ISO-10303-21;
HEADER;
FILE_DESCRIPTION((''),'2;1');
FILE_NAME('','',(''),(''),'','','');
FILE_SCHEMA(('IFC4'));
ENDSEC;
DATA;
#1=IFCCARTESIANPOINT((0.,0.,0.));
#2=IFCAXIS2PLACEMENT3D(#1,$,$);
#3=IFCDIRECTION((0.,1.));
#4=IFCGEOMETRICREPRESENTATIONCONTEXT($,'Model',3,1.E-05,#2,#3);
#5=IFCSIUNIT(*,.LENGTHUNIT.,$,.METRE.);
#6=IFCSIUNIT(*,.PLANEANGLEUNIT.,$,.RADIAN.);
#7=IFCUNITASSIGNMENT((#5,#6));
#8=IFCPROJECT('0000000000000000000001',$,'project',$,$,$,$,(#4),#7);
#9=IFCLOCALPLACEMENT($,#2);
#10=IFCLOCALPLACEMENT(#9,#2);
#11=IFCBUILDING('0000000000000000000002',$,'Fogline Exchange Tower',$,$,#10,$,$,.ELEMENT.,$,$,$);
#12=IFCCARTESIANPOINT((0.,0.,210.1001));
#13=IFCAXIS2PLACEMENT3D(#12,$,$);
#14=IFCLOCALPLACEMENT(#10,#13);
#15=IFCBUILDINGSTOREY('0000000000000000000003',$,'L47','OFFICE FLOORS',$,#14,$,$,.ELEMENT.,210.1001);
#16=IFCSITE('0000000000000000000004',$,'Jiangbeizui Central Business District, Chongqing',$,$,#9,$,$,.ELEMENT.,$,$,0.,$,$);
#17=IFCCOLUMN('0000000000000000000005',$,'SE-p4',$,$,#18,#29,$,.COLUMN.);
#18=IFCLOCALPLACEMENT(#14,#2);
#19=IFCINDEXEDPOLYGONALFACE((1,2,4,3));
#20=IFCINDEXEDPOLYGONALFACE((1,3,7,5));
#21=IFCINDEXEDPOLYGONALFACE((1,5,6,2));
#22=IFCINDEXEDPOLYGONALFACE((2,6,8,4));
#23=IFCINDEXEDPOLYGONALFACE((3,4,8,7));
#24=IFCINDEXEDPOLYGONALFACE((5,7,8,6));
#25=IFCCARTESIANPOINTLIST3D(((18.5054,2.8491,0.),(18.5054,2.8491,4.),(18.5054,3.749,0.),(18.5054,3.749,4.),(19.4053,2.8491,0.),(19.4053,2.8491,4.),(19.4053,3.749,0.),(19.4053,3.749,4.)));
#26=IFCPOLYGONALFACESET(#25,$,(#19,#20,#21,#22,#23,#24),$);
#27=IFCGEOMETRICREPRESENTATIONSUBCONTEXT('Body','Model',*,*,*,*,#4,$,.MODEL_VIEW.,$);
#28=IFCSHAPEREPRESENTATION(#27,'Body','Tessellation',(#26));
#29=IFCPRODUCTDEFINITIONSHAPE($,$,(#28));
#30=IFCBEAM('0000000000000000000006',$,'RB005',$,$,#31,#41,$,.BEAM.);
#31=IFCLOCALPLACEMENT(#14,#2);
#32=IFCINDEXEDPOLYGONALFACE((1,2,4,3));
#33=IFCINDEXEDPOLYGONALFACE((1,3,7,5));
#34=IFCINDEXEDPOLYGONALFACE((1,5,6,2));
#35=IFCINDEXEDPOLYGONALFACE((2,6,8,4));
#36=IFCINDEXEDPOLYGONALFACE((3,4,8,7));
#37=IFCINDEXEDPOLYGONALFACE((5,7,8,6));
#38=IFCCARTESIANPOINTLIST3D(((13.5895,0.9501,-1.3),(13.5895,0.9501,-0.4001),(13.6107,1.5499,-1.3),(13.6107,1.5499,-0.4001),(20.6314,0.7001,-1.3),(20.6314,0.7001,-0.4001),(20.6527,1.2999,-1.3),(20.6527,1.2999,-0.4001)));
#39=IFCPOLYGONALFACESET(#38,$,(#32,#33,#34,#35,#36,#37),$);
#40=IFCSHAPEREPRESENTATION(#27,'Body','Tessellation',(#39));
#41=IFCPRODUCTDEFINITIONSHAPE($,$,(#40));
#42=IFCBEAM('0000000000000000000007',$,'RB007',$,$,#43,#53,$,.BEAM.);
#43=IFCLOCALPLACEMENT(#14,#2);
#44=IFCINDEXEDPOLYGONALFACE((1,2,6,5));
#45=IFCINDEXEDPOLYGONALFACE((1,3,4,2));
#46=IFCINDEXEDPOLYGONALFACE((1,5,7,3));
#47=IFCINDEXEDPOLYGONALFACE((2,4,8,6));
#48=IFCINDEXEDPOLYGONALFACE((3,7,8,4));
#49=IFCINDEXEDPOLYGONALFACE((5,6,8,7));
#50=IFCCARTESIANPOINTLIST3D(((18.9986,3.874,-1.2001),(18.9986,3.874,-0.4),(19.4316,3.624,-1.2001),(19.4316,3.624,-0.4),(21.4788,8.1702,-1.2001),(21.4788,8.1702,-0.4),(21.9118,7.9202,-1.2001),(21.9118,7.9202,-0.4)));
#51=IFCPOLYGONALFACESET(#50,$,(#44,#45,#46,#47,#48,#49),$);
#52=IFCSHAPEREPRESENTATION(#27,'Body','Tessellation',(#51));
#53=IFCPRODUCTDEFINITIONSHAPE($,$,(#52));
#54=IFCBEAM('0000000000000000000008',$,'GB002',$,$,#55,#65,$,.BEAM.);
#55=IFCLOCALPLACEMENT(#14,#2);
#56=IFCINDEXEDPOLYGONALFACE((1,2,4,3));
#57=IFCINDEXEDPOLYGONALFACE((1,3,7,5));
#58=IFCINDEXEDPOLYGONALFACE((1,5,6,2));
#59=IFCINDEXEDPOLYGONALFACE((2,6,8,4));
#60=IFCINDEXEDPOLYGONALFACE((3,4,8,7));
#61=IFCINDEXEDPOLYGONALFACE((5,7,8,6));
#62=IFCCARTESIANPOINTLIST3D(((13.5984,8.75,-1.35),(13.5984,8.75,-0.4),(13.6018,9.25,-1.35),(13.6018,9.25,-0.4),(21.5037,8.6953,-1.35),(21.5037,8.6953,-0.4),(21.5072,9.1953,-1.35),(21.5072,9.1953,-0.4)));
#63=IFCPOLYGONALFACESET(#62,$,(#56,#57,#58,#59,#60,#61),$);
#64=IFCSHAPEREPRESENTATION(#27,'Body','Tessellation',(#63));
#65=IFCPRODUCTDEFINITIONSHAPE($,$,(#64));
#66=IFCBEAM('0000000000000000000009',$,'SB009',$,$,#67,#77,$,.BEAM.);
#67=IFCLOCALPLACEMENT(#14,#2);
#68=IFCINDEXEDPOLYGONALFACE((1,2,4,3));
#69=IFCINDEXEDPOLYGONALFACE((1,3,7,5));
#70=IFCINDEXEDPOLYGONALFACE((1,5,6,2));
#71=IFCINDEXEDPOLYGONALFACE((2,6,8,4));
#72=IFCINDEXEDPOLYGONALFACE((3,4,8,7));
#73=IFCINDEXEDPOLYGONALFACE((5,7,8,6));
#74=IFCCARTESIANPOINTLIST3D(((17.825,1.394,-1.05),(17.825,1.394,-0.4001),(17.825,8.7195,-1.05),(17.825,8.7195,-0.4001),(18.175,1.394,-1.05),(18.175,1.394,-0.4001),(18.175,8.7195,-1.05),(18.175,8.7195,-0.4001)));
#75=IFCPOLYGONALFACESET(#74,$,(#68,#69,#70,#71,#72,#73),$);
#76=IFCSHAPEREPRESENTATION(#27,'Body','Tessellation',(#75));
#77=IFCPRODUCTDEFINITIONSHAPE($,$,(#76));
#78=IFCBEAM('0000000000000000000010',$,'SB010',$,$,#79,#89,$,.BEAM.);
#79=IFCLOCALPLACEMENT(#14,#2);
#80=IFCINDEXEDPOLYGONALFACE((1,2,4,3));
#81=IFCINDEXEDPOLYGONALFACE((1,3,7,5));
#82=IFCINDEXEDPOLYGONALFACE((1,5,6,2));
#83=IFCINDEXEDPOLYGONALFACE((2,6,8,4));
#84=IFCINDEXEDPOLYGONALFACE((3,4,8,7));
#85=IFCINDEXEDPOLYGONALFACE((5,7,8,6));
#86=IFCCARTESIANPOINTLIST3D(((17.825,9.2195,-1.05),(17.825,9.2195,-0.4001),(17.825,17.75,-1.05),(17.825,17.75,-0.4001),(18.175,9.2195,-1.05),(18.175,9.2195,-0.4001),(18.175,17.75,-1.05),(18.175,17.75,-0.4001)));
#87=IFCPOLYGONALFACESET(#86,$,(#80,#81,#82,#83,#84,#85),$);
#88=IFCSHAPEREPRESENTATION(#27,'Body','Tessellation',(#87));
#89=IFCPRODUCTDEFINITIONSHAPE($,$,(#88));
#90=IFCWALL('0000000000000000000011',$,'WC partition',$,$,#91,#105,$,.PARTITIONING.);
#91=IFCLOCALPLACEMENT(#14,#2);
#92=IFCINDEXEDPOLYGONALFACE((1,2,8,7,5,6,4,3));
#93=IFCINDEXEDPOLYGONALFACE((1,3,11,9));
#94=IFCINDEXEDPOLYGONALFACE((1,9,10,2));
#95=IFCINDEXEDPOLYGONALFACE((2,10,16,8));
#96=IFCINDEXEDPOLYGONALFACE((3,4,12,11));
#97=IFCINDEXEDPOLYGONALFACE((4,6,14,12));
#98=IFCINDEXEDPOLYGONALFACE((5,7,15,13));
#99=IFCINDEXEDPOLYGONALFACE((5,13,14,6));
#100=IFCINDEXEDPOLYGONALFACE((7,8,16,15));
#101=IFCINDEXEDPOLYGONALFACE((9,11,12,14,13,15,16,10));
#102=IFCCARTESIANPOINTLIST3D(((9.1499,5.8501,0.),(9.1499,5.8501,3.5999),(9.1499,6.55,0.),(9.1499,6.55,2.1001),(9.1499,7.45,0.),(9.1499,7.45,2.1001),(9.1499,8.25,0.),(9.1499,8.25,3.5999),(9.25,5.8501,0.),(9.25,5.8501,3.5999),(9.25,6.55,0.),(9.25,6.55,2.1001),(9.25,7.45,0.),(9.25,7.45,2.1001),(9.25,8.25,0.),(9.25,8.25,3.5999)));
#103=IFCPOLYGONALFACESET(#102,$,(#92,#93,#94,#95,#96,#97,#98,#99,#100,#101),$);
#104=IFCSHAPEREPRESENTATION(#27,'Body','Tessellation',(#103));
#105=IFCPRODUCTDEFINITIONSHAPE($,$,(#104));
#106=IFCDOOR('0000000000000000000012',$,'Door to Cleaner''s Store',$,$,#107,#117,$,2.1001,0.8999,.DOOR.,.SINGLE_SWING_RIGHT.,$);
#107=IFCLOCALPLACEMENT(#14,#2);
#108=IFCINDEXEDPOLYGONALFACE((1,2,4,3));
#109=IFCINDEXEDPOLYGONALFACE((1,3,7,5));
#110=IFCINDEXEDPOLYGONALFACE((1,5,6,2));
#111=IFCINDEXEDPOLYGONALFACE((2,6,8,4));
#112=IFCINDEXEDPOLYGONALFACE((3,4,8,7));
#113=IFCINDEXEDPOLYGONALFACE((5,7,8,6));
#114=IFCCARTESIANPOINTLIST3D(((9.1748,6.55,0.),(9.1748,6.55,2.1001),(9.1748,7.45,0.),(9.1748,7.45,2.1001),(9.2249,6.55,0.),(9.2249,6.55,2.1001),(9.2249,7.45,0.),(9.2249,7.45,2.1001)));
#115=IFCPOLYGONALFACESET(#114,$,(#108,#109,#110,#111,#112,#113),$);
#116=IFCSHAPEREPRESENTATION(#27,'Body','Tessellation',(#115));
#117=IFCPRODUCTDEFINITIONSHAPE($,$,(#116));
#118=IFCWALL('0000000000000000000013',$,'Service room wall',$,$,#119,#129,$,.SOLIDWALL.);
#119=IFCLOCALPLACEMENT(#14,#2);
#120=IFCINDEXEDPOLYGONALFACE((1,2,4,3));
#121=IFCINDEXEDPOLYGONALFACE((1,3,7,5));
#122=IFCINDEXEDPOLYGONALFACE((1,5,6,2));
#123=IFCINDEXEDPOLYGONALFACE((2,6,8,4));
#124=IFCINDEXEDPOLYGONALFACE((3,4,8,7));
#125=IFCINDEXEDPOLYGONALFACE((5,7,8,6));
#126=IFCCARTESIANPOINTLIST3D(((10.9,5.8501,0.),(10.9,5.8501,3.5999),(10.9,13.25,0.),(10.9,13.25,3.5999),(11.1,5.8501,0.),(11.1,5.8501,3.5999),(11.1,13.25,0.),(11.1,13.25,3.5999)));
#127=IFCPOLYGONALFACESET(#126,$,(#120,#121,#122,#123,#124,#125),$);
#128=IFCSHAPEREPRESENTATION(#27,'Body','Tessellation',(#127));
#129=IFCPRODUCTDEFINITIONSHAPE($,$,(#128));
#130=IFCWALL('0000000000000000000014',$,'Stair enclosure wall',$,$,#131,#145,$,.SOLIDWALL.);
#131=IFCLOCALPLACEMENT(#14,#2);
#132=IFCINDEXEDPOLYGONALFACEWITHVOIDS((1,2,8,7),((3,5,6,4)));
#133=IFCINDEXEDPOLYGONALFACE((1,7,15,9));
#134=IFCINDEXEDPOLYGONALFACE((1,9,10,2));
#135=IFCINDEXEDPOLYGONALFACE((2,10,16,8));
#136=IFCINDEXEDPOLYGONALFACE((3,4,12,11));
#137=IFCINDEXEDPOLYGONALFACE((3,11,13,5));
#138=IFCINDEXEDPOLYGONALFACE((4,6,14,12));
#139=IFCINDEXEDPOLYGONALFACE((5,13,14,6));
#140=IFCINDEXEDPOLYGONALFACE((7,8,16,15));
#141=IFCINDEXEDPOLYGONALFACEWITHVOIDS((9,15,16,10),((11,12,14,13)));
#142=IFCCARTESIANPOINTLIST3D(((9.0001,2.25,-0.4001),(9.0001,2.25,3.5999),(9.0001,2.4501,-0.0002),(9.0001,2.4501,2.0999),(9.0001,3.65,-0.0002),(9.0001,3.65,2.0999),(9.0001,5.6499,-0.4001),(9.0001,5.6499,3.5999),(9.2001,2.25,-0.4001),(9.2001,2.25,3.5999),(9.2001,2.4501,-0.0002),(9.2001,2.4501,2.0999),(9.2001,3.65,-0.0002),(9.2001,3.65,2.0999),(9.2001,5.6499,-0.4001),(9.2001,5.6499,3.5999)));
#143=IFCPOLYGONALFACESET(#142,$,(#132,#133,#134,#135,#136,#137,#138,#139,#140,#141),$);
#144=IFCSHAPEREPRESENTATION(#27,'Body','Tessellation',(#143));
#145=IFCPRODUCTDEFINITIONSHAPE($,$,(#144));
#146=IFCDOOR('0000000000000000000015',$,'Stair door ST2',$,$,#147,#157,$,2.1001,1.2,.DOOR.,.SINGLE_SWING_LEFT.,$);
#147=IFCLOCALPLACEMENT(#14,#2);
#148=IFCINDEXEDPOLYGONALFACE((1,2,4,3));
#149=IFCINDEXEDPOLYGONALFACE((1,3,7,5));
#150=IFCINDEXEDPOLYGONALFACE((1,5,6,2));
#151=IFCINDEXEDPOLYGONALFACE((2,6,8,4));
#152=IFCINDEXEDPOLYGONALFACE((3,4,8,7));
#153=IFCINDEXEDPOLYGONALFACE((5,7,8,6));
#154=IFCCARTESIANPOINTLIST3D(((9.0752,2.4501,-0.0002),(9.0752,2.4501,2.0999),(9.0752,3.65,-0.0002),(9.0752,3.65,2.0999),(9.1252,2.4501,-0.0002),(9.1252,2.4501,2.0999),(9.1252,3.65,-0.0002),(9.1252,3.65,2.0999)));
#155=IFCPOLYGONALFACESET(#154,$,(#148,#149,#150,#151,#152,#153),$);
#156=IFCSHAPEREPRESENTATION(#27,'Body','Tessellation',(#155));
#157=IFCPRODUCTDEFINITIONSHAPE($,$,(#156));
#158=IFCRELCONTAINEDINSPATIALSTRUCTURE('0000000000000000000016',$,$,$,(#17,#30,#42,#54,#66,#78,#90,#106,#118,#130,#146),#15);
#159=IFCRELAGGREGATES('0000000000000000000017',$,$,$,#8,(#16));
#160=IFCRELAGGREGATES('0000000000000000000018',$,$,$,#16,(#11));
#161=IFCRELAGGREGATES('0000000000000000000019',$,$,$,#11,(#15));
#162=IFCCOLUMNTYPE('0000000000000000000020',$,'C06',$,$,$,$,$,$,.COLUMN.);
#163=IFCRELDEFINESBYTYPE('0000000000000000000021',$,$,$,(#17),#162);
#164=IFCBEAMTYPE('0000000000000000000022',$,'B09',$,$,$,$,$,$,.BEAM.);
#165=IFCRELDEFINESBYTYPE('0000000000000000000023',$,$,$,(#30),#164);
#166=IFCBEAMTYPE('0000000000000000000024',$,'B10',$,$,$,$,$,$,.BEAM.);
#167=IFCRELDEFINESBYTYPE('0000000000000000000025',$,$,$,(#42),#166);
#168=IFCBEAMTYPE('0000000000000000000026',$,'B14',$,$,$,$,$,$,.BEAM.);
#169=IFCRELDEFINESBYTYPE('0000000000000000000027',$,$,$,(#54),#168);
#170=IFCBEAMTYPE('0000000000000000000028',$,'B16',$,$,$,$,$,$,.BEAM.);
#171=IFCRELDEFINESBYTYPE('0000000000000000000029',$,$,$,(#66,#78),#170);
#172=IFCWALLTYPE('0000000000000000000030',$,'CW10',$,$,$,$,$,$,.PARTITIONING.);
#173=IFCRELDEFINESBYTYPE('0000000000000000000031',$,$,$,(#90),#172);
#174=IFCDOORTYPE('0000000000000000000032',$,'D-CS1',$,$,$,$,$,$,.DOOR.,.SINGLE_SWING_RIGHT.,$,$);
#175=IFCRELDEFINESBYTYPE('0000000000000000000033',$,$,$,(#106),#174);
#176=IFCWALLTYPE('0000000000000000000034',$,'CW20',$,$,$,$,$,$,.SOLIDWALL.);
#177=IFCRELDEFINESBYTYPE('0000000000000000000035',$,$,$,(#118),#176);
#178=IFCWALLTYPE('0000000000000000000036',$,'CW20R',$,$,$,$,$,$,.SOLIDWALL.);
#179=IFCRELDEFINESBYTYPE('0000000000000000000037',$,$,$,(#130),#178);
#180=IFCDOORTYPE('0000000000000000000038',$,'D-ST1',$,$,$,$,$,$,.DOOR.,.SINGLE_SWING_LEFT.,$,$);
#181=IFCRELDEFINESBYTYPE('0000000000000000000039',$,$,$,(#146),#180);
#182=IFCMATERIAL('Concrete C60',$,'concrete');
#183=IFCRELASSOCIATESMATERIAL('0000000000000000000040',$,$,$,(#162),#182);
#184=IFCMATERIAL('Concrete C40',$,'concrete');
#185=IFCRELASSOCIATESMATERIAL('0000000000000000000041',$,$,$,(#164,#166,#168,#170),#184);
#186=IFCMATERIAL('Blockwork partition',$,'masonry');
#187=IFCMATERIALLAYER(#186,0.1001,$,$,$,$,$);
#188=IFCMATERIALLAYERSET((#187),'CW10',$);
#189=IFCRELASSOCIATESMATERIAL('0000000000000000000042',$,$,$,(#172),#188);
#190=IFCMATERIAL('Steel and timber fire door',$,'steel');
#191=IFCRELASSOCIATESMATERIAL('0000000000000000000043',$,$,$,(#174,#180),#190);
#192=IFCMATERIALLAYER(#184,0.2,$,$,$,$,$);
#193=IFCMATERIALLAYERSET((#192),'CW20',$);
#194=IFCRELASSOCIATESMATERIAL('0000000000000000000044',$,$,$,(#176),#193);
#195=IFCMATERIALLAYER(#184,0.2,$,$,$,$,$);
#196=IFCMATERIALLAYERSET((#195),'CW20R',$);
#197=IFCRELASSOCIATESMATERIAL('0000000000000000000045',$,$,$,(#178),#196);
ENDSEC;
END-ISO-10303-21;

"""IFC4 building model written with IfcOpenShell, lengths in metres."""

from ifc_helpers import new_model, si_unit, direction, frame, frame_2d, origin, origin_2d, place, context, subcontext, project, spatial, rectangle, extrude, material, layer, layer_set, material_profile, profile_set, type_object, element, fill, save


model = new_model("IFC4")

# Units and contexts
model_context = context("Model", 3, precision=1e-05, world=origin(), true_north=direction((0.0, 1.0)))
body_context = subcontext(model_context, "Body", "Model", "MODEL_VIEW")
ifc_project = project(units=[si_unit("LENGTHUNIT", "METRE"), si_unit("PLANEANGLEUNIT", "RADIAN")], contexts=[model_context])

# Site, building, storey
site_placement = place(None, origin())
site = spatial("IfcSite", under=ifc_project, at=site_placement, Name="Jiangbeizui Central Business District, Chongqing", CompositionType="ELEMENT", RefElevation=0.0)
building_placement = place(site_placement, origin())
building = spatial("IfcBuilding", under=site, at=building_placement, Name="Fogline Exchange Tower", CompositionType="ELEMENT")
storey_placement = place(building_placement, frame((0.0, 0.0, 210.1001)))
storey = spatial("IfcBuildingStorey", under=building, at=storey_placement, Name="L47", Description="OFFICE FLOORS", CompositionType="ELEMENT", Elevation=210.1001)

# Column
ifc_material_1 = material(Name="Concrete C60", Category="concrete")
ifc_material_profile_1 = material_profile(ifc_material_1, rectangle(XDim=0.8999, YDim=0.8999, at=origin_2d()), Name="RC 900x900")
ifc_profile_set_1 = profile_set([ifc_material_profile_1], Name="Concrete C60")
column_type = type_object("IfcColumnType", Name="C06", PredefinedType="COLUMN", material=ifc_profile_set_1)
column_placement = place(storey_placement, frame((18.9553, 3.2991, 0.0), z_axis=(0.0, 0.0, 1.0), x_axis=(1.0, 0.0, 0.0)))
element("IfcColumn", 1, at=column_placement, inside=storey, type_object=column_type, Name="SE-p4", PredefinedType="COLUMN", context=body_context, shape_type="SweptSolid", body=[
    extrude(rectangle(XDim=0.8999, YDim=0.8999, at=origin_2d()), origin(), (0.0, 0.0, 1.0), 4.0),
])

# Beams
ifc_material_2 = material(Name="Concrete C40", Category="concrete")
ifc_material_profile_2 = material_profile(ifc_material_2, rectangle(XDim=0.6001, YDim=0.8999, at=origin_2d()), Name="RC 600x900")
ifc_profile_set_2 = profile_set([ifc_material_profile_2], Name="Concrete C40")
beam_type_1 = type_object("IfcBeamType", Name="B09", PredefinedType="BEAM", material=ifc_profile_set_2)
beam_1_placement = place(storey_placement, frame((13.6001, 1.25, -0.8501), z_axis=(0.99937, -0.035479, 0.0), x_axis=(0.035479, 0.99937, 0.0)))
element("IfcBeam", 2, at=beam_1_placement, inside=storey, type_object=beam_type_1, Name="RB005", PredefinedType="BEAM", context=body_context, shape_type="SweptSolid", body=[
    extrude(rectangle(XDim=0.6001, YDim=0.8999, at=origin_2d()), origin(), (0.0, 0.0, 1.0), 7.0464),
])
ifc_material_profile_3 = material_profile(ifc_material_2, rectangle(XDim=0.5, YDim=0.8, at=origin_2d()), Name="RC 500x800")
ifc_profile_set_3 = profile_set([ifc_material_profile_3], Name="Concrete C40")
beam_type_2 = type_object("IfcBeamType", Name="B10", PredefinedType="BEAM", material=ifc_profile_set_3)
beam_2_placement = place(storey_placement, frame((19.2151, 3.749, -0.8), z_axis=(0.499977, 0.866039, 0.0), x_axis=(-0.866039, 0.499977, 0.0)))
element("IfcBeam", 3, at=beam_2_placement, inside=storey, type_object=beam_type_2, Name="RB007", PredefinedType="BEAM", context=body_context, shape_type="SweptSolid", body=[
    extrude(rectangle(XDim=0.5, YDim=0.8, at=origin_2d()), origin(), (0.0, 0.0, 1.0), 4.9607),
])
ifc_material_profile_4 = material_profile(ifc_material_2, rectangle(XDim=0.5, YDim=0.95, at=origin_2d()), Name="RC 500x950")
ifc_profile_set_4 = profile_set([ifc_material_profile_4], Name="Concrete C40")
beam_type_3 = type_object("IfcBeamType", Name="B14", PredefinedType="BEAM", material=ifc_profile_set_4)
beam_3_placement = place(storey_placement, frame((13.6001, 9.0, -0.875), z_axis=(0.999976, -0.006918, 0.0), x_axis=(0.006918, 0.999976, 0.0)))
element("IfcBeam", 4, at=beam_3_placement, inside=storey, type_object=beam_type_3, Name="GB002", PredefinedType="BEAM", context=body_context, shape_type="SweptSolid", body=[
    extrude(rectangle(XDim=0.5, YDim=0.95, at=origin_2d()), origin(), (0.0, 0.0, 1.0), 7.9055),
])
ifc_material_profile_5 = material_profile(ifc_material_2, rectangle(XDim=0.3501, YDim=0.6499, at=origin_2d()), Name="RC 350x650")
ifc_profile_set_5 = profile_set([ifc_material_profile_5], Name="Concrete C40")
beam_type_4 = type_object("IfcBeamType", Name="B16", PredefinedType="BEAM", material=ifc_profile_set_5)
beam_4_placement = place(storey_placement, frame((18.0, 1.394, -0.7251), z_axis=(0.0, 1.0, 0.0), x_axis=(-1.0, 0.0, 0.0)))
element("IfcBeam", 5, at=beam_4_placement, inside=storey, type_object=beam_type_4, Name="SB009", PredefinedType="BEAM", context=body_context, shape_type="SweptSolid", body=[
    extrude(rectangle(XDim=0.3501, YDim=0.6499, at=origin_2d()), origin(), (0.0, 0.0, 1.0), 7.3254),
])
beam_5_placement = place(storey_placement, frame((18.0, 9.2195, -0.7251), z_axis=(0.0, 1.0, 0.0), x_axis=(-1.0, 0.0, 0.0)))
element("IfcBeam", 6, at=beam_5_placement, inside=storey, type_object=beam_type_4, Name="SB010", PredefinedType="BEAM", context=body_context, shape_type="SweptSolid", body=[
    extrude(rectangle(XDim=0.3501, YDim=0.6499, at=origin_2d()), origin(), (0.0, 0.0, 1.0), 8.5305),
])

# Wall, opening, door
ifc_material_3 = material(Name="Blockwork partition", Category="masonry")
ifc_layer_1 = layer(ifc_material_3, 0.1001)
ifc_layer_set_1 = layer_set([ifc_layer_1], Name="CW10")
wall_type_1 = type_object("IfcWallType", Name="CW10", PredefinedType="PARTITIONING", material=ifc_layer_set_1)
wall_1_placement = place(storey_placement, frame((9.2, 5.8501, 0.0), z_axis=(0.0, 0.0, 1.0), x_axis=(0.0, 1.0, 0.0)))
wall_1 = element("IfcWall", 7, at=wall_1_placement, inside=storey, type_object=wall_type_1, Name="WC partition", PredefinedType="PARTITIONING", context=body_context, shape_type="SweptSolid", body=[
    extrude(rectangle(XDim=2.3999, YDim=0.1001, at=frame_2d((1.2, 0.0))), origin(), (0.0, 0.0, 1.0), 3.5999),
])
opening_1_placement = place(wall_1_placement, frame((0.7, 0.0, 0.0)))
opening_1 = element("IfcOpeningElement", 8, at=opening_1_placement, cuts=wall_1, PredefinedType="OPENING", context=body_context, shape_type="SweptSolid", body=[
    extrude(rectangle(XDim=0.8999, YDim=2.1001, at=frame_2d((0.45, 1.05))), frame((0.0, 0.0601, 0.0), z_axis=(0.0, -1.0, 0.0), x_axis=(1.0, 0.0, 0.0)), (0.0, 0.0, 1.0), 0.1201),
])
ifc_material_4 = material(Name="Steel and timber fire door", Category="steel")
door_type_1 = type_object("IfcDoorType", Name="D-CS1", OperationType="SINGLE_SWING_RIGHT", PredefinedType="DOOR", material=ifc_material_4)
door_1_placement = place(opening_1_placement, frame((0.8999, 0.0, 0.0), z_axis=(0.0, 0.0, 1.0), x_axis=(-1.0, 0.0, 0.0)))
door_1 = element("IfcDoor", 9, at=door_1_placement, inside=storey, type_object=door_type_1, Name="Door to Cleaner's Store", OperationType="SINGLE_SWING_RIGHT", OverallHeight=2.1001, OverallWidth=0.8999, PredefinedType="DOOR", context=body_context, shape_type="SweptSolid", body=[
    extrude(rectangle(XDim=0.8999, YDim=2.1001, at=frame_2d((0.45, 1.05))), frame((0.0, 0.0249, 0.0), z_axis=(0.0, -1.0, 0.0), x_axis=(1.0, 0.0, 0.0)), (0.0, 0.0, 1.0), 0.05),
])
fill(opening_1, door_1)

# Wall
ifc_layer_2 = layer(ifc_material_2, 0.2)
ifc_layer_set_2 = layer_set([ifc_layer_2], Name="CW20")
wall_type_2 = type_object("IfcWallType", Name="CW20", PredefinedType="SOLIDWALL", material=ifc_layer_set_2)
wall_2_placement = place(storey_placement, frame((11.0, 5.8501, 0.0), z_axis=(0.0, 0.0, 1.0), x_axis=(0.0, 1.0, 0.0)))
element("IfcWall", 10, at=wall_2_placement, inside=storey, type_object=wall_type_2, Name="Service room wall", PredefinedType="SOLIDWALL", context=body_context, shape_type="SweptSolid", body=[
    extrude(rectangle(XDim=7.3999, YDim=0.2, at=frame_2d((3.7, 0.0))), origin(), (0.0, 0.0, 1.0), 3.5999),
])

# Wall, opening, door
ifc_layer_3 = layer(ifc_material_2, 0.2)
ifc_layer_set_3 = layer_set([ifc_layer_3], Name="CW20R")
wall_type_3 = type_object("IfcWallType", Name="CW20R", PredefinedType="SOLIDWALL", material=ifc_layer_set_3)
wall_3_placement = place(storey_placement, frame((9.1001, 2.25, -0.4001), z_axis=(0.0, 0.0, 1.0), x_axis=(0.0, 1.0, 0.0)))
wall_3 = element("IfcWall", 11, at=wall_3_placement, inside=storey, type_object=wall_type_3, Name="Stair enclosure wall", PredefinedType="SOLIDWALL", context=body_context, shape_type="SweptSolid", body=[
    extrude(rectangle(XDim=3.3999, YDim=0.2, at=frame_2d((1.7, 0.0))), origin(), (0.0, 0.0, 1.0), 4.0),
])
opening_2_placement = place(wall_3_placement, frame((0.2, 0.0, 0.3999)))
opening_2 = element("IfcOpeningElement", 12, at=opening_2_placement, cuts=wall_3, PredefinedType="OPENING", context=body_context, shape_type="SweptSolid", body=[
    extrude(rectangle(XDim=1.2, YDim=2.1001, at=frame_2d((0.6001, 1.05))), frame((0.0, 0.1099, 0.0), z_axis=(0.0, -1.0, 0.0), x_axis=(1.0, 0.0, 0.0)), (0.0, 0.0, 1.0), 0.22),
])
door_type_2 = type_object("IfcDoorType", Name="D-ST1", OperationType="SINGLE_SWING_LEFT", PredefinedType="DOOR", material=ifc_material_4)
door_2_placement = place(opening_2_placement, origin())
door_2 = element("IfcDoor", 13, at=door_2_placement, inside=storey, type_object=door_type_2, Name="Stair door ST2", OperationType="SINGLE_SWING_LEFT", OverallHeight=2.1001, OverallWidth=1.2, PredefinedType="DOOR", context=body_context, shape_type="SweptSolid", body=[
    extrude(rectangle(XDim=1.2, YDim=2.1001, at=frame_2d((0.6001, 1.05))), frame((0.0, 0.0249, 0.0), z_axis=(0.0, -1.0, 0.0), x_axis=(1.0, 0.0, 0.0)), (0.0, 0.0, 1.0), 0.05),
])
fill(opening_2, door_2)

save(model, "model.ifc")
